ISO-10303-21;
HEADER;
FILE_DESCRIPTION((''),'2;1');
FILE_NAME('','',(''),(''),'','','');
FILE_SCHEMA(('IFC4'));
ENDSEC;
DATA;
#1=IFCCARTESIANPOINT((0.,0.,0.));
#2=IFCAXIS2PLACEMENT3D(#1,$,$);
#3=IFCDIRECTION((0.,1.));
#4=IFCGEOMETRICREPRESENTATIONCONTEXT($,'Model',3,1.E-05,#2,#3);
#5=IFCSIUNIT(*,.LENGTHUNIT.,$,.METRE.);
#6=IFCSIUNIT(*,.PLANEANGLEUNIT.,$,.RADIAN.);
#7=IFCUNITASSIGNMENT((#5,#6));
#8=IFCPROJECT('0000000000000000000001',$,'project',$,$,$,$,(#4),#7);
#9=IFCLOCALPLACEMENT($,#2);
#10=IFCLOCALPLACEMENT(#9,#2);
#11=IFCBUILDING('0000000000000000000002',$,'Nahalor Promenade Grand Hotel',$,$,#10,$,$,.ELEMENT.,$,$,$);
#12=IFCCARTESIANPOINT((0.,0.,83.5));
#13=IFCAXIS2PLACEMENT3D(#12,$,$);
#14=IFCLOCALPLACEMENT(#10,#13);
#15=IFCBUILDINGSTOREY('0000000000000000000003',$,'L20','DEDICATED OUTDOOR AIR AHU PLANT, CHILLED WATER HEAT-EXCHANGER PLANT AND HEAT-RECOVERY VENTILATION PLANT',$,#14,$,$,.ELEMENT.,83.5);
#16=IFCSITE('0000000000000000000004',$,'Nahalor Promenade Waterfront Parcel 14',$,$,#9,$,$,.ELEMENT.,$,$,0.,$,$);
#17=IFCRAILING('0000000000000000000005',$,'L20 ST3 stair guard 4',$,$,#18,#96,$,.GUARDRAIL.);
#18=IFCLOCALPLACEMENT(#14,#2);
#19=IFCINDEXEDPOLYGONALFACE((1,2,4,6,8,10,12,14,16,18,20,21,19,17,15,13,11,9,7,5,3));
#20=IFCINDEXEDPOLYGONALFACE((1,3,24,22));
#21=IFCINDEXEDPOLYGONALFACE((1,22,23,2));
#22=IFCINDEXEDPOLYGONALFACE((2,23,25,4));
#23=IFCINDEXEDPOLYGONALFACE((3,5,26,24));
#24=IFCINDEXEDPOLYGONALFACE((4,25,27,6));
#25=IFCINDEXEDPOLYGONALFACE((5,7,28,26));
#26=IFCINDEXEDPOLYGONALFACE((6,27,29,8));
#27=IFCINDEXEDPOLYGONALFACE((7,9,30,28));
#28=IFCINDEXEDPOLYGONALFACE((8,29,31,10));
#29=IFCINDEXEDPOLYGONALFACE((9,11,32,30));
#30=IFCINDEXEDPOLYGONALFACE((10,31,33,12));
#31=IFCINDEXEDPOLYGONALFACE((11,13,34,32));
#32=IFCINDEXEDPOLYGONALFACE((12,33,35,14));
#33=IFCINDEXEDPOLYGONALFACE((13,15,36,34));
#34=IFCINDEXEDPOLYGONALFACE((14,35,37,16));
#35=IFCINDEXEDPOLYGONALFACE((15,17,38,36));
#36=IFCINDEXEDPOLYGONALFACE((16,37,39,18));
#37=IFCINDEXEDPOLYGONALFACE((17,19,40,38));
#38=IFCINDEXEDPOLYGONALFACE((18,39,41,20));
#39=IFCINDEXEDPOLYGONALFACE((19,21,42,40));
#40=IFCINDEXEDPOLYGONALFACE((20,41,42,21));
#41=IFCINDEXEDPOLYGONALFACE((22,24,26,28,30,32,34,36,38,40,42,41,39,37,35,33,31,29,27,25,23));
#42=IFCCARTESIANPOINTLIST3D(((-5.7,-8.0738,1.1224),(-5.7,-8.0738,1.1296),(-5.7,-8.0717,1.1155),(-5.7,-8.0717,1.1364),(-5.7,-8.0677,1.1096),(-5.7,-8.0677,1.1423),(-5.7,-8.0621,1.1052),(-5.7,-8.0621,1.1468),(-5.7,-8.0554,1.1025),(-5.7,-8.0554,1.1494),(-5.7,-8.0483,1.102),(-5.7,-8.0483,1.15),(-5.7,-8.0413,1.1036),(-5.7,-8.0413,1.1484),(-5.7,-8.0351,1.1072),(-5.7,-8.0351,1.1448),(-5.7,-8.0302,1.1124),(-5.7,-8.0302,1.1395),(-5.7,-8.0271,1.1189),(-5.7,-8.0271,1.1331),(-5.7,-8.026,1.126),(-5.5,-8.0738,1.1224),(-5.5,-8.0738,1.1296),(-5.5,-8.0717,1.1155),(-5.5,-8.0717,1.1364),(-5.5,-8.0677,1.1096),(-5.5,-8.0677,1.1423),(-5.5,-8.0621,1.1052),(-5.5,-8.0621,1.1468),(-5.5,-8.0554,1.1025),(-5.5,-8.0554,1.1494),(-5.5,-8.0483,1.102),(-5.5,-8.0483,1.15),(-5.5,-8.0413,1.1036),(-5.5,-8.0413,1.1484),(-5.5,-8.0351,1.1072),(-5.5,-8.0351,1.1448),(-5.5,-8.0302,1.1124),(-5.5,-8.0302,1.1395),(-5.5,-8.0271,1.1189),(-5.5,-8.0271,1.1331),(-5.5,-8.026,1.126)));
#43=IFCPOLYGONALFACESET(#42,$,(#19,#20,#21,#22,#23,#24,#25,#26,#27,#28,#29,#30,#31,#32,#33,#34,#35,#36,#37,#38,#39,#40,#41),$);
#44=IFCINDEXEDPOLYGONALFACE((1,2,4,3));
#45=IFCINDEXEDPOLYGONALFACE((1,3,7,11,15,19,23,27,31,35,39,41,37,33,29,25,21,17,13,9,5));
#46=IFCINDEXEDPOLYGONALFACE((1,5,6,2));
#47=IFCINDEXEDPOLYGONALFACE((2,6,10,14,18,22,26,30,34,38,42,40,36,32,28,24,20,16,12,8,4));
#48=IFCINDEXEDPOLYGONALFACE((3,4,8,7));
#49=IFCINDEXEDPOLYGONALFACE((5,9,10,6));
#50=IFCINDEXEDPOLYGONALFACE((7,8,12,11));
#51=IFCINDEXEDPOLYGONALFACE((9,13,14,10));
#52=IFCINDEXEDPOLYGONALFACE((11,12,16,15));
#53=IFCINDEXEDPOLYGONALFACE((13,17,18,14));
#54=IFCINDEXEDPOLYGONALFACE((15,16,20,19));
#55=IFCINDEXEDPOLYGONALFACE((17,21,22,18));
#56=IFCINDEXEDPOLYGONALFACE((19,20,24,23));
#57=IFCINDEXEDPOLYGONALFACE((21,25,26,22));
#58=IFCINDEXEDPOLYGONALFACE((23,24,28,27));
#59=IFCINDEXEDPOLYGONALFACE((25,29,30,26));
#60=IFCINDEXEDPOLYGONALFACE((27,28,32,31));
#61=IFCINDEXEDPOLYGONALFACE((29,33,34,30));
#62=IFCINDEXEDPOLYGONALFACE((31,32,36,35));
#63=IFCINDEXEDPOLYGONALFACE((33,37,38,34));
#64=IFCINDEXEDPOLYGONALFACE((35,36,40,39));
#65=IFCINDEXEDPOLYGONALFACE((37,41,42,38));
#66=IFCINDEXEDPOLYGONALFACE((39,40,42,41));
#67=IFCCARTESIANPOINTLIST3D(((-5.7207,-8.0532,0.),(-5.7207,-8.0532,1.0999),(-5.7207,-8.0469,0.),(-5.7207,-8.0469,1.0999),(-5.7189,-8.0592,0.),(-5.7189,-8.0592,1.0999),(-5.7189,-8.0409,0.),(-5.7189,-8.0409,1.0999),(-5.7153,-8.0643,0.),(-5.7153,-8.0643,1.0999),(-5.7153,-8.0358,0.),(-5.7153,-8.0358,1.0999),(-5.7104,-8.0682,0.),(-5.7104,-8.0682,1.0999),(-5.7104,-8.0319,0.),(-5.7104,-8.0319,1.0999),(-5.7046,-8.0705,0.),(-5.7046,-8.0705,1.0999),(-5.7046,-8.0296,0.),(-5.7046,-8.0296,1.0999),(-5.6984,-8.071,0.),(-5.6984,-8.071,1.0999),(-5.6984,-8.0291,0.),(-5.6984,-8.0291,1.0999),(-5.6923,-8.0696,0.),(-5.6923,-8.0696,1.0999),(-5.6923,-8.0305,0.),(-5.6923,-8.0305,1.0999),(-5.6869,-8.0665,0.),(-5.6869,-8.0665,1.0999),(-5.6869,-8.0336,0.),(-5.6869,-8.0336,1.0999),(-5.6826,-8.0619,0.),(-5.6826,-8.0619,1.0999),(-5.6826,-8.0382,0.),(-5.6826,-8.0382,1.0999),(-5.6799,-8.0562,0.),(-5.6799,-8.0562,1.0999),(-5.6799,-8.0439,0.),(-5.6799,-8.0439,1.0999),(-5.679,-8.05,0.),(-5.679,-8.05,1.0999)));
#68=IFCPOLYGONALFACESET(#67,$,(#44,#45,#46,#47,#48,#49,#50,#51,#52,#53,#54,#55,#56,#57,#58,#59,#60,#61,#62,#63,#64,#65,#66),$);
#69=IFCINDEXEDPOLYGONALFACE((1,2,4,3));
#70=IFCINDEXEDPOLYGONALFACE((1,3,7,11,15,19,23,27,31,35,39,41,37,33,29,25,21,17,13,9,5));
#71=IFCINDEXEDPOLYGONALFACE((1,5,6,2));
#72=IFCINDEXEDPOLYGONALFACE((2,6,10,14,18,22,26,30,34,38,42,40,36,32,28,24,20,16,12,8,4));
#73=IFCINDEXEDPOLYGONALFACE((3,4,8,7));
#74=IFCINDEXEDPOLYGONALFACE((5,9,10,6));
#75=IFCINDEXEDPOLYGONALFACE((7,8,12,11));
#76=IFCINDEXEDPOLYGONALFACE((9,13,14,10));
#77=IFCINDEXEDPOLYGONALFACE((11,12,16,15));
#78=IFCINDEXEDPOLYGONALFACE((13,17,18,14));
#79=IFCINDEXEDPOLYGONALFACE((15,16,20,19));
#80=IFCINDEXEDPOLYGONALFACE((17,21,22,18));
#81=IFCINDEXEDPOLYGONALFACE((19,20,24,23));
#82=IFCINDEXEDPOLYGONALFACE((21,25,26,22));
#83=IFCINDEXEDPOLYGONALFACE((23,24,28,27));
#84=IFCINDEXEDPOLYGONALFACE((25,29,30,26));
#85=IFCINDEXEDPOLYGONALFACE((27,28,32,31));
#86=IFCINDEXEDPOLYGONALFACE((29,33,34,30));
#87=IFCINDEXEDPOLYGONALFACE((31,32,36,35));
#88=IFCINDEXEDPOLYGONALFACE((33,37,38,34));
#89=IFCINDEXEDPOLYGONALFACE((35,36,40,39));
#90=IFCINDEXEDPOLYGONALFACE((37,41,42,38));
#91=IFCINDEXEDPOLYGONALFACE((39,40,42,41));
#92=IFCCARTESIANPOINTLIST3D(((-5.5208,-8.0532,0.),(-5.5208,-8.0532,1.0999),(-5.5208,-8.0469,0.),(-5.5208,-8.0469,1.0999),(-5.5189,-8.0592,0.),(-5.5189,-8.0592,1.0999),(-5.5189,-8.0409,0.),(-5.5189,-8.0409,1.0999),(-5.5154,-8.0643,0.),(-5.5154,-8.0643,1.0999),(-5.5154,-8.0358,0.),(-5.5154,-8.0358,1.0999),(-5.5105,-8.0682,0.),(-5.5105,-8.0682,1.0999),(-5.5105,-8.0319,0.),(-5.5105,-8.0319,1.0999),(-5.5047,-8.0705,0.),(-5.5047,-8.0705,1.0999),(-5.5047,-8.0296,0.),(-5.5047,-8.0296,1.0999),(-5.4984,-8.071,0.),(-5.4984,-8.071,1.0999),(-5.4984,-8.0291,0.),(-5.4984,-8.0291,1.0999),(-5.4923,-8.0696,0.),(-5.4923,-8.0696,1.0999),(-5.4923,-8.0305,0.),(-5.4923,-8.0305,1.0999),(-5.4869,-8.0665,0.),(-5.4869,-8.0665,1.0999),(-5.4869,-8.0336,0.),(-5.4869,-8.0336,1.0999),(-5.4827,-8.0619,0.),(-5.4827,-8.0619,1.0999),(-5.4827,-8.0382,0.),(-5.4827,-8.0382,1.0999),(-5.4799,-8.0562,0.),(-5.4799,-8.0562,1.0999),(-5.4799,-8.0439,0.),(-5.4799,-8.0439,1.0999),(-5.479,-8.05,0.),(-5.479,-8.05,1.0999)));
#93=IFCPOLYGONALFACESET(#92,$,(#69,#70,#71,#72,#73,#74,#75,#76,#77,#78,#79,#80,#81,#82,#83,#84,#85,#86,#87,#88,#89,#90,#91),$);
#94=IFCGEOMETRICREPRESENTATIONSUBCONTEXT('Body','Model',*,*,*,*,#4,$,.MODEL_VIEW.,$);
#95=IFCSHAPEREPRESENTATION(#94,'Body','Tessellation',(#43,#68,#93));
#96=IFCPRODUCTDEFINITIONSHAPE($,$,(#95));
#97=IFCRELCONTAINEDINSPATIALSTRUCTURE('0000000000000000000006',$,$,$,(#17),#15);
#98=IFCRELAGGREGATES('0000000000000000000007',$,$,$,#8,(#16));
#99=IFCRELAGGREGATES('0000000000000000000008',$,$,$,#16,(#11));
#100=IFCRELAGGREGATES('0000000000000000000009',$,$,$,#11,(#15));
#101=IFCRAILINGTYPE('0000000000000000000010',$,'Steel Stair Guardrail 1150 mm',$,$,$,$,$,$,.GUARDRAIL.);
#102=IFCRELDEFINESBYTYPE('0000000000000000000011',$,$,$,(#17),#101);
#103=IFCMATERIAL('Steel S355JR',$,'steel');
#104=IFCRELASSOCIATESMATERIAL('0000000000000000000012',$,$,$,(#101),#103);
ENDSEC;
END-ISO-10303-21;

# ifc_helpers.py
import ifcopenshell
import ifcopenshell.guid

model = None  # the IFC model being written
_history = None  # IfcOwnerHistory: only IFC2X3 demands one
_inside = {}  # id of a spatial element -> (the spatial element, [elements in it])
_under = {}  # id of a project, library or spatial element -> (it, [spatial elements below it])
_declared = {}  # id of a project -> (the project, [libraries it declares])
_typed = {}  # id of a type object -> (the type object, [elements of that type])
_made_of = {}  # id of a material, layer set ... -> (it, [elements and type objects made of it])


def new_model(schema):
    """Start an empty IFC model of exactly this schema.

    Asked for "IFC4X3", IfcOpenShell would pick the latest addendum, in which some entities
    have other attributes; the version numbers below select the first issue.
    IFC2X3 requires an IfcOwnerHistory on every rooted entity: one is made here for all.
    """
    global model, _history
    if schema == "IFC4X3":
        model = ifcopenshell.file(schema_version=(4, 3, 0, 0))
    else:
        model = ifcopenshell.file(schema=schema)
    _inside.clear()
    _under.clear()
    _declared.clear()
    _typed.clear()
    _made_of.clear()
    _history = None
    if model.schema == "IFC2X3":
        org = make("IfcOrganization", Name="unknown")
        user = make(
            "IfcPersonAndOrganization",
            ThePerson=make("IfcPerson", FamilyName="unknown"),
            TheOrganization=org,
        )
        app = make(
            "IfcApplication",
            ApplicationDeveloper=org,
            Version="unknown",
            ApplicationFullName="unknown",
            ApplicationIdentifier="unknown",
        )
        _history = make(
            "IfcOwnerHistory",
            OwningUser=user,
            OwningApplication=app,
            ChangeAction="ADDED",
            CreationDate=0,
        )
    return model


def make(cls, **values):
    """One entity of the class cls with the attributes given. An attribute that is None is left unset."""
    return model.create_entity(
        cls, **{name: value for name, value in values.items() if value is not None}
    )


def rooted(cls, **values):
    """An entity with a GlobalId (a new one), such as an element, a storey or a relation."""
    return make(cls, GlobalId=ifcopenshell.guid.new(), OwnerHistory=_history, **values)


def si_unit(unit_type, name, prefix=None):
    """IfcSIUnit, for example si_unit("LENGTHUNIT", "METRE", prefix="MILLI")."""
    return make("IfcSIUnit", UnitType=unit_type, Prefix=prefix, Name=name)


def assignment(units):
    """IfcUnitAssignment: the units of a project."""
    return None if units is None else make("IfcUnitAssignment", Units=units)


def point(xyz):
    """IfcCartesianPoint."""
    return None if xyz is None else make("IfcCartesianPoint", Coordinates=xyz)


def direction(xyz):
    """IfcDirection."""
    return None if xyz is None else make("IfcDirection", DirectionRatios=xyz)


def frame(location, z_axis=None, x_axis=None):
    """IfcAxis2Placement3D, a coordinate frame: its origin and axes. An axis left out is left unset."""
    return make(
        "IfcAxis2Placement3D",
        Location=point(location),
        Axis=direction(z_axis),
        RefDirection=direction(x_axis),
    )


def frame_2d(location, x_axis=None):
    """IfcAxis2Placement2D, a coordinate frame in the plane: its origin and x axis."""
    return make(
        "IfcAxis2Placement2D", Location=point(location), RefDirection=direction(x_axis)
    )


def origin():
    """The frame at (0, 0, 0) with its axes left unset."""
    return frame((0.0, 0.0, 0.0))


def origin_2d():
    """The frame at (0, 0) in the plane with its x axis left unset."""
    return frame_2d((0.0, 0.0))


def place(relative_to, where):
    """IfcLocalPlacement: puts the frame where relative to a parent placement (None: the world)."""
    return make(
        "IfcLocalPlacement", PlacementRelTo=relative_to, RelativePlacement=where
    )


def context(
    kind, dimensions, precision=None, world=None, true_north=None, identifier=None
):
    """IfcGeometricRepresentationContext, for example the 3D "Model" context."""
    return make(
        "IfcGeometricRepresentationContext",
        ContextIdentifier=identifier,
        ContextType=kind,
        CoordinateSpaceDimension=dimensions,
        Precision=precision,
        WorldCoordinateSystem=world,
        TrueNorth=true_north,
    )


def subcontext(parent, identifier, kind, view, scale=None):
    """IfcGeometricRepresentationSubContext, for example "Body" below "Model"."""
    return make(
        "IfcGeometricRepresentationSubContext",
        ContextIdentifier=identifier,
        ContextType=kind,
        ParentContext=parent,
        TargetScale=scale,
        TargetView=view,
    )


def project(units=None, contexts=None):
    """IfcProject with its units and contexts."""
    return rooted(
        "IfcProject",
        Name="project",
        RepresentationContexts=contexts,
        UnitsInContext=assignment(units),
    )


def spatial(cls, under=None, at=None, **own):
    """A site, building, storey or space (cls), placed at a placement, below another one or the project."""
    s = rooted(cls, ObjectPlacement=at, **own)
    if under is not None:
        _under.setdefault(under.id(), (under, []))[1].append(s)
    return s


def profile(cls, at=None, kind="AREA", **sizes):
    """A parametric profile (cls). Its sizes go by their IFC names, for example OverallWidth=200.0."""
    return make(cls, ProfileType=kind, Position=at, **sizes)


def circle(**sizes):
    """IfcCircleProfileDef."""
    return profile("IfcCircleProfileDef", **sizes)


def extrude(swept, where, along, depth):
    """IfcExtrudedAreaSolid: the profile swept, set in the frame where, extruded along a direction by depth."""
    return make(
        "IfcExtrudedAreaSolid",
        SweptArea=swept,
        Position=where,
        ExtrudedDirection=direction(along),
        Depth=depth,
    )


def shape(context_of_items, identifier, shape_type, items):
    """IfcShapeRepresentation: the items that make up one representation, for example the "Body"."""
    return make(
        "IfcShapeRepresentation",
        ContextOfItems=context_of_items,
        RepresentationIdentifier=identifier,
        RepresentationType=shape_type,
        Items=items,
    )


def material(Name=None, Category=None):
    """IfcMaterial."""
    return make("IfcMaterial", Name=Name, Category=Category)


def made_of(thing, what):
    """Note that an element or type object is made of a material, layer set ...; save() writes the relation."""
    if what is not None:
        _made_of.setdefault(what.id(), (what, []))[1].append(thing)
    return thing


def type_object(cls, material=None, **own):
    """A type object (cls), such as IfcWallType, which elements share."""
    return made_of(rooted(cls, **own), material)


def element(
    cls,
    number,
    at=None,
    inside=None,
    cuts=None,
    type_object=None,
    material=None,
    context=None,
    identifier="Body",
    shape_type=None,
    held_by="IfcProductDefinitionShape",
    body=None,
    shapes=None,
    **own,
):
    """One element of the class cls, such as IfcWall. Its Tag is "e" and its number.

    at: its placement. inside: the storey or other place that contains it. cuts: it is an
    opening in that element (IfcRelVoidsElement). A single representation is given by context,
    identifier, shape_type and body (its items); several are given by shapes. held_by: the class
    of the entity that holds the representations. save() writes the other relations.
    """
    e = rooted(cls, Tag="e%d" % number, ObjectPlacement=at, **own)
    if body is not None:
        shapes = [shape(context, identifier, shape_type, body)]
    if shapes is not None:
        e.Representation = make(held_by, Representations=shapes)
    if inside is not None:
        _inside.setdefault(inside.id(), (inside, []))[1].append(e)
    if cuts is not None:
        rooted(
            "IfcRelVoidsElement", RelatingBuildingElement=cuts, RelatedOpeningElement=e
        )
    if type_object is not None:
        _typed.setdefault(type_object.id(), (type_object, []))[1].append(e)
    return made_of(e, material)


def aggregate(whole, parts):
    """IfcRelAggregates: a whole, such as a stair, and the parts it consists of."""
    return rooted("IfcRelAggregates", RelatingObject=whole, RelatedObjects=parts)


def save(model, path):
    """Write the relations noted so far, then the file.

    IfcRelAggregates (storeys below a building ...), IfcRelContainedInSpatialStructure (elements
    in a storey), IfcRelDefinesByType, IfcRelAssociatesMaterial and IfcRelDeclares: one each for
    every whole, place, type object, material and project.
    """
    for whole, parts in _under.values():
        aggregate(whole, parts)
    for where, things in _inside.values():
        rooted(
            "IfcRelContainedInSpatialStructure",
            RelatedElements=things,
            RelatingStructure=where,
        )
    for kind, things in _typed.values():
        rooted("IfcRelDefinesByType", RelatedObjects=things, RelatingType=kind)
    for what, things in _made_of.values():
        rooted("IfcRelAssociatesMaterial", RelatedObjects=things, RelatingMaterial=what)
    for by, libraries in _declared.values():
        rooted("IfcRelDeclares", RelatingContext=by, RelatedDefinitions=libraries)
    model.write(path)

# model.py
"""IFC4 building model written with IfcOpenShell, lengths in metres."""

from ifc_helpers import new_model, si_unit, direction, frame, origin, origin_2d, place, context, subcontext, project, spatial, circle, extrude, material, type_object, element, save


model = new_model("IFC4")

# Units and contexts
model_context = context("Model", 3, precision=1e-05, world=origin(), true_north=direction((0.0, 1.0)))
body_context = subcontext(model_context, "Body", "Model", "MODEL_VIEW")
ifc_project = project(units=[si_unit("LENGTHUNIT", "METRE"), si_unit("PLANEANGLEUNIT", "RADIAN")], contexts=[model_context])

# Site, building, storey
site_placement = place(None, origin())
site = spatial("IfcSite", under=ifc_project, at=site_placement, Name="Nahalor Promenade Waterfront Parcel 14", CompositionType="ELEMENT", RefElevation=0.0)
building_placement = place(site_placement, origin())
building = spatial("IfcBuilding", under=site, at=building_placement, Name="Nahalor Promenade Grand Hotel", CompositionType="ELEMENT")
storey_placement = place(building_placement, frame((0.0, 0.0, 83.5)))
storey = spatial("IfcBuildingStorey", under=building, at=storey_placement, Name="L20", Description="DEDICATED OUTDOOR AIR AHU PLANT, CHILLED WATER HEAT-EXCHANGER PLANT AND HEAT-RECOVERY VENTILATION PLANT", CompositionType="ELEMENT", Elevation=83.5)

# Shared definitions
ifc_material_1 = material(Name="Steel S355JR", Category="steel")

# Railing
railing_type_1 = type_object("IfcRailingType", Name="Steel Stair Guardrail 1150 mm", PredefinedType="GUARDRAIL", material=ifc_material_1)
railing_1_placement = place(storey_placement, frame((-5.7, -8.05, 0.0)))
element("IfcRailing", 1, at=railing_1_placement, inside=storey, type_object=railing_type_1, Name="L20 ST3 stair guard 4", PredefinedType="GUARDRAIL", context=body_context, shape_type="SweptSolid", body=[
    extrude(circle(Radius=0.024, at=origin_2d()), frame((0.0, 0.0, 1.126), z_axis=(1.0, 0.0, 0.0), x_axis=(0.0, 1.0, 0.0)), (0.0, 0.0, 1.0), 0.2),
    extrude(circle(Radius=0.021, at=origin_2d()), origin(), (0.0, 0.0, 1.0), 1.0999),
    extrude(circle(Radius=0.021, at=origin_2d()), frame((0.2, 0.0, 0.0)), (0.0, 0.0, 1.0), 1.0999),
])

save(model, "model.ifc")
